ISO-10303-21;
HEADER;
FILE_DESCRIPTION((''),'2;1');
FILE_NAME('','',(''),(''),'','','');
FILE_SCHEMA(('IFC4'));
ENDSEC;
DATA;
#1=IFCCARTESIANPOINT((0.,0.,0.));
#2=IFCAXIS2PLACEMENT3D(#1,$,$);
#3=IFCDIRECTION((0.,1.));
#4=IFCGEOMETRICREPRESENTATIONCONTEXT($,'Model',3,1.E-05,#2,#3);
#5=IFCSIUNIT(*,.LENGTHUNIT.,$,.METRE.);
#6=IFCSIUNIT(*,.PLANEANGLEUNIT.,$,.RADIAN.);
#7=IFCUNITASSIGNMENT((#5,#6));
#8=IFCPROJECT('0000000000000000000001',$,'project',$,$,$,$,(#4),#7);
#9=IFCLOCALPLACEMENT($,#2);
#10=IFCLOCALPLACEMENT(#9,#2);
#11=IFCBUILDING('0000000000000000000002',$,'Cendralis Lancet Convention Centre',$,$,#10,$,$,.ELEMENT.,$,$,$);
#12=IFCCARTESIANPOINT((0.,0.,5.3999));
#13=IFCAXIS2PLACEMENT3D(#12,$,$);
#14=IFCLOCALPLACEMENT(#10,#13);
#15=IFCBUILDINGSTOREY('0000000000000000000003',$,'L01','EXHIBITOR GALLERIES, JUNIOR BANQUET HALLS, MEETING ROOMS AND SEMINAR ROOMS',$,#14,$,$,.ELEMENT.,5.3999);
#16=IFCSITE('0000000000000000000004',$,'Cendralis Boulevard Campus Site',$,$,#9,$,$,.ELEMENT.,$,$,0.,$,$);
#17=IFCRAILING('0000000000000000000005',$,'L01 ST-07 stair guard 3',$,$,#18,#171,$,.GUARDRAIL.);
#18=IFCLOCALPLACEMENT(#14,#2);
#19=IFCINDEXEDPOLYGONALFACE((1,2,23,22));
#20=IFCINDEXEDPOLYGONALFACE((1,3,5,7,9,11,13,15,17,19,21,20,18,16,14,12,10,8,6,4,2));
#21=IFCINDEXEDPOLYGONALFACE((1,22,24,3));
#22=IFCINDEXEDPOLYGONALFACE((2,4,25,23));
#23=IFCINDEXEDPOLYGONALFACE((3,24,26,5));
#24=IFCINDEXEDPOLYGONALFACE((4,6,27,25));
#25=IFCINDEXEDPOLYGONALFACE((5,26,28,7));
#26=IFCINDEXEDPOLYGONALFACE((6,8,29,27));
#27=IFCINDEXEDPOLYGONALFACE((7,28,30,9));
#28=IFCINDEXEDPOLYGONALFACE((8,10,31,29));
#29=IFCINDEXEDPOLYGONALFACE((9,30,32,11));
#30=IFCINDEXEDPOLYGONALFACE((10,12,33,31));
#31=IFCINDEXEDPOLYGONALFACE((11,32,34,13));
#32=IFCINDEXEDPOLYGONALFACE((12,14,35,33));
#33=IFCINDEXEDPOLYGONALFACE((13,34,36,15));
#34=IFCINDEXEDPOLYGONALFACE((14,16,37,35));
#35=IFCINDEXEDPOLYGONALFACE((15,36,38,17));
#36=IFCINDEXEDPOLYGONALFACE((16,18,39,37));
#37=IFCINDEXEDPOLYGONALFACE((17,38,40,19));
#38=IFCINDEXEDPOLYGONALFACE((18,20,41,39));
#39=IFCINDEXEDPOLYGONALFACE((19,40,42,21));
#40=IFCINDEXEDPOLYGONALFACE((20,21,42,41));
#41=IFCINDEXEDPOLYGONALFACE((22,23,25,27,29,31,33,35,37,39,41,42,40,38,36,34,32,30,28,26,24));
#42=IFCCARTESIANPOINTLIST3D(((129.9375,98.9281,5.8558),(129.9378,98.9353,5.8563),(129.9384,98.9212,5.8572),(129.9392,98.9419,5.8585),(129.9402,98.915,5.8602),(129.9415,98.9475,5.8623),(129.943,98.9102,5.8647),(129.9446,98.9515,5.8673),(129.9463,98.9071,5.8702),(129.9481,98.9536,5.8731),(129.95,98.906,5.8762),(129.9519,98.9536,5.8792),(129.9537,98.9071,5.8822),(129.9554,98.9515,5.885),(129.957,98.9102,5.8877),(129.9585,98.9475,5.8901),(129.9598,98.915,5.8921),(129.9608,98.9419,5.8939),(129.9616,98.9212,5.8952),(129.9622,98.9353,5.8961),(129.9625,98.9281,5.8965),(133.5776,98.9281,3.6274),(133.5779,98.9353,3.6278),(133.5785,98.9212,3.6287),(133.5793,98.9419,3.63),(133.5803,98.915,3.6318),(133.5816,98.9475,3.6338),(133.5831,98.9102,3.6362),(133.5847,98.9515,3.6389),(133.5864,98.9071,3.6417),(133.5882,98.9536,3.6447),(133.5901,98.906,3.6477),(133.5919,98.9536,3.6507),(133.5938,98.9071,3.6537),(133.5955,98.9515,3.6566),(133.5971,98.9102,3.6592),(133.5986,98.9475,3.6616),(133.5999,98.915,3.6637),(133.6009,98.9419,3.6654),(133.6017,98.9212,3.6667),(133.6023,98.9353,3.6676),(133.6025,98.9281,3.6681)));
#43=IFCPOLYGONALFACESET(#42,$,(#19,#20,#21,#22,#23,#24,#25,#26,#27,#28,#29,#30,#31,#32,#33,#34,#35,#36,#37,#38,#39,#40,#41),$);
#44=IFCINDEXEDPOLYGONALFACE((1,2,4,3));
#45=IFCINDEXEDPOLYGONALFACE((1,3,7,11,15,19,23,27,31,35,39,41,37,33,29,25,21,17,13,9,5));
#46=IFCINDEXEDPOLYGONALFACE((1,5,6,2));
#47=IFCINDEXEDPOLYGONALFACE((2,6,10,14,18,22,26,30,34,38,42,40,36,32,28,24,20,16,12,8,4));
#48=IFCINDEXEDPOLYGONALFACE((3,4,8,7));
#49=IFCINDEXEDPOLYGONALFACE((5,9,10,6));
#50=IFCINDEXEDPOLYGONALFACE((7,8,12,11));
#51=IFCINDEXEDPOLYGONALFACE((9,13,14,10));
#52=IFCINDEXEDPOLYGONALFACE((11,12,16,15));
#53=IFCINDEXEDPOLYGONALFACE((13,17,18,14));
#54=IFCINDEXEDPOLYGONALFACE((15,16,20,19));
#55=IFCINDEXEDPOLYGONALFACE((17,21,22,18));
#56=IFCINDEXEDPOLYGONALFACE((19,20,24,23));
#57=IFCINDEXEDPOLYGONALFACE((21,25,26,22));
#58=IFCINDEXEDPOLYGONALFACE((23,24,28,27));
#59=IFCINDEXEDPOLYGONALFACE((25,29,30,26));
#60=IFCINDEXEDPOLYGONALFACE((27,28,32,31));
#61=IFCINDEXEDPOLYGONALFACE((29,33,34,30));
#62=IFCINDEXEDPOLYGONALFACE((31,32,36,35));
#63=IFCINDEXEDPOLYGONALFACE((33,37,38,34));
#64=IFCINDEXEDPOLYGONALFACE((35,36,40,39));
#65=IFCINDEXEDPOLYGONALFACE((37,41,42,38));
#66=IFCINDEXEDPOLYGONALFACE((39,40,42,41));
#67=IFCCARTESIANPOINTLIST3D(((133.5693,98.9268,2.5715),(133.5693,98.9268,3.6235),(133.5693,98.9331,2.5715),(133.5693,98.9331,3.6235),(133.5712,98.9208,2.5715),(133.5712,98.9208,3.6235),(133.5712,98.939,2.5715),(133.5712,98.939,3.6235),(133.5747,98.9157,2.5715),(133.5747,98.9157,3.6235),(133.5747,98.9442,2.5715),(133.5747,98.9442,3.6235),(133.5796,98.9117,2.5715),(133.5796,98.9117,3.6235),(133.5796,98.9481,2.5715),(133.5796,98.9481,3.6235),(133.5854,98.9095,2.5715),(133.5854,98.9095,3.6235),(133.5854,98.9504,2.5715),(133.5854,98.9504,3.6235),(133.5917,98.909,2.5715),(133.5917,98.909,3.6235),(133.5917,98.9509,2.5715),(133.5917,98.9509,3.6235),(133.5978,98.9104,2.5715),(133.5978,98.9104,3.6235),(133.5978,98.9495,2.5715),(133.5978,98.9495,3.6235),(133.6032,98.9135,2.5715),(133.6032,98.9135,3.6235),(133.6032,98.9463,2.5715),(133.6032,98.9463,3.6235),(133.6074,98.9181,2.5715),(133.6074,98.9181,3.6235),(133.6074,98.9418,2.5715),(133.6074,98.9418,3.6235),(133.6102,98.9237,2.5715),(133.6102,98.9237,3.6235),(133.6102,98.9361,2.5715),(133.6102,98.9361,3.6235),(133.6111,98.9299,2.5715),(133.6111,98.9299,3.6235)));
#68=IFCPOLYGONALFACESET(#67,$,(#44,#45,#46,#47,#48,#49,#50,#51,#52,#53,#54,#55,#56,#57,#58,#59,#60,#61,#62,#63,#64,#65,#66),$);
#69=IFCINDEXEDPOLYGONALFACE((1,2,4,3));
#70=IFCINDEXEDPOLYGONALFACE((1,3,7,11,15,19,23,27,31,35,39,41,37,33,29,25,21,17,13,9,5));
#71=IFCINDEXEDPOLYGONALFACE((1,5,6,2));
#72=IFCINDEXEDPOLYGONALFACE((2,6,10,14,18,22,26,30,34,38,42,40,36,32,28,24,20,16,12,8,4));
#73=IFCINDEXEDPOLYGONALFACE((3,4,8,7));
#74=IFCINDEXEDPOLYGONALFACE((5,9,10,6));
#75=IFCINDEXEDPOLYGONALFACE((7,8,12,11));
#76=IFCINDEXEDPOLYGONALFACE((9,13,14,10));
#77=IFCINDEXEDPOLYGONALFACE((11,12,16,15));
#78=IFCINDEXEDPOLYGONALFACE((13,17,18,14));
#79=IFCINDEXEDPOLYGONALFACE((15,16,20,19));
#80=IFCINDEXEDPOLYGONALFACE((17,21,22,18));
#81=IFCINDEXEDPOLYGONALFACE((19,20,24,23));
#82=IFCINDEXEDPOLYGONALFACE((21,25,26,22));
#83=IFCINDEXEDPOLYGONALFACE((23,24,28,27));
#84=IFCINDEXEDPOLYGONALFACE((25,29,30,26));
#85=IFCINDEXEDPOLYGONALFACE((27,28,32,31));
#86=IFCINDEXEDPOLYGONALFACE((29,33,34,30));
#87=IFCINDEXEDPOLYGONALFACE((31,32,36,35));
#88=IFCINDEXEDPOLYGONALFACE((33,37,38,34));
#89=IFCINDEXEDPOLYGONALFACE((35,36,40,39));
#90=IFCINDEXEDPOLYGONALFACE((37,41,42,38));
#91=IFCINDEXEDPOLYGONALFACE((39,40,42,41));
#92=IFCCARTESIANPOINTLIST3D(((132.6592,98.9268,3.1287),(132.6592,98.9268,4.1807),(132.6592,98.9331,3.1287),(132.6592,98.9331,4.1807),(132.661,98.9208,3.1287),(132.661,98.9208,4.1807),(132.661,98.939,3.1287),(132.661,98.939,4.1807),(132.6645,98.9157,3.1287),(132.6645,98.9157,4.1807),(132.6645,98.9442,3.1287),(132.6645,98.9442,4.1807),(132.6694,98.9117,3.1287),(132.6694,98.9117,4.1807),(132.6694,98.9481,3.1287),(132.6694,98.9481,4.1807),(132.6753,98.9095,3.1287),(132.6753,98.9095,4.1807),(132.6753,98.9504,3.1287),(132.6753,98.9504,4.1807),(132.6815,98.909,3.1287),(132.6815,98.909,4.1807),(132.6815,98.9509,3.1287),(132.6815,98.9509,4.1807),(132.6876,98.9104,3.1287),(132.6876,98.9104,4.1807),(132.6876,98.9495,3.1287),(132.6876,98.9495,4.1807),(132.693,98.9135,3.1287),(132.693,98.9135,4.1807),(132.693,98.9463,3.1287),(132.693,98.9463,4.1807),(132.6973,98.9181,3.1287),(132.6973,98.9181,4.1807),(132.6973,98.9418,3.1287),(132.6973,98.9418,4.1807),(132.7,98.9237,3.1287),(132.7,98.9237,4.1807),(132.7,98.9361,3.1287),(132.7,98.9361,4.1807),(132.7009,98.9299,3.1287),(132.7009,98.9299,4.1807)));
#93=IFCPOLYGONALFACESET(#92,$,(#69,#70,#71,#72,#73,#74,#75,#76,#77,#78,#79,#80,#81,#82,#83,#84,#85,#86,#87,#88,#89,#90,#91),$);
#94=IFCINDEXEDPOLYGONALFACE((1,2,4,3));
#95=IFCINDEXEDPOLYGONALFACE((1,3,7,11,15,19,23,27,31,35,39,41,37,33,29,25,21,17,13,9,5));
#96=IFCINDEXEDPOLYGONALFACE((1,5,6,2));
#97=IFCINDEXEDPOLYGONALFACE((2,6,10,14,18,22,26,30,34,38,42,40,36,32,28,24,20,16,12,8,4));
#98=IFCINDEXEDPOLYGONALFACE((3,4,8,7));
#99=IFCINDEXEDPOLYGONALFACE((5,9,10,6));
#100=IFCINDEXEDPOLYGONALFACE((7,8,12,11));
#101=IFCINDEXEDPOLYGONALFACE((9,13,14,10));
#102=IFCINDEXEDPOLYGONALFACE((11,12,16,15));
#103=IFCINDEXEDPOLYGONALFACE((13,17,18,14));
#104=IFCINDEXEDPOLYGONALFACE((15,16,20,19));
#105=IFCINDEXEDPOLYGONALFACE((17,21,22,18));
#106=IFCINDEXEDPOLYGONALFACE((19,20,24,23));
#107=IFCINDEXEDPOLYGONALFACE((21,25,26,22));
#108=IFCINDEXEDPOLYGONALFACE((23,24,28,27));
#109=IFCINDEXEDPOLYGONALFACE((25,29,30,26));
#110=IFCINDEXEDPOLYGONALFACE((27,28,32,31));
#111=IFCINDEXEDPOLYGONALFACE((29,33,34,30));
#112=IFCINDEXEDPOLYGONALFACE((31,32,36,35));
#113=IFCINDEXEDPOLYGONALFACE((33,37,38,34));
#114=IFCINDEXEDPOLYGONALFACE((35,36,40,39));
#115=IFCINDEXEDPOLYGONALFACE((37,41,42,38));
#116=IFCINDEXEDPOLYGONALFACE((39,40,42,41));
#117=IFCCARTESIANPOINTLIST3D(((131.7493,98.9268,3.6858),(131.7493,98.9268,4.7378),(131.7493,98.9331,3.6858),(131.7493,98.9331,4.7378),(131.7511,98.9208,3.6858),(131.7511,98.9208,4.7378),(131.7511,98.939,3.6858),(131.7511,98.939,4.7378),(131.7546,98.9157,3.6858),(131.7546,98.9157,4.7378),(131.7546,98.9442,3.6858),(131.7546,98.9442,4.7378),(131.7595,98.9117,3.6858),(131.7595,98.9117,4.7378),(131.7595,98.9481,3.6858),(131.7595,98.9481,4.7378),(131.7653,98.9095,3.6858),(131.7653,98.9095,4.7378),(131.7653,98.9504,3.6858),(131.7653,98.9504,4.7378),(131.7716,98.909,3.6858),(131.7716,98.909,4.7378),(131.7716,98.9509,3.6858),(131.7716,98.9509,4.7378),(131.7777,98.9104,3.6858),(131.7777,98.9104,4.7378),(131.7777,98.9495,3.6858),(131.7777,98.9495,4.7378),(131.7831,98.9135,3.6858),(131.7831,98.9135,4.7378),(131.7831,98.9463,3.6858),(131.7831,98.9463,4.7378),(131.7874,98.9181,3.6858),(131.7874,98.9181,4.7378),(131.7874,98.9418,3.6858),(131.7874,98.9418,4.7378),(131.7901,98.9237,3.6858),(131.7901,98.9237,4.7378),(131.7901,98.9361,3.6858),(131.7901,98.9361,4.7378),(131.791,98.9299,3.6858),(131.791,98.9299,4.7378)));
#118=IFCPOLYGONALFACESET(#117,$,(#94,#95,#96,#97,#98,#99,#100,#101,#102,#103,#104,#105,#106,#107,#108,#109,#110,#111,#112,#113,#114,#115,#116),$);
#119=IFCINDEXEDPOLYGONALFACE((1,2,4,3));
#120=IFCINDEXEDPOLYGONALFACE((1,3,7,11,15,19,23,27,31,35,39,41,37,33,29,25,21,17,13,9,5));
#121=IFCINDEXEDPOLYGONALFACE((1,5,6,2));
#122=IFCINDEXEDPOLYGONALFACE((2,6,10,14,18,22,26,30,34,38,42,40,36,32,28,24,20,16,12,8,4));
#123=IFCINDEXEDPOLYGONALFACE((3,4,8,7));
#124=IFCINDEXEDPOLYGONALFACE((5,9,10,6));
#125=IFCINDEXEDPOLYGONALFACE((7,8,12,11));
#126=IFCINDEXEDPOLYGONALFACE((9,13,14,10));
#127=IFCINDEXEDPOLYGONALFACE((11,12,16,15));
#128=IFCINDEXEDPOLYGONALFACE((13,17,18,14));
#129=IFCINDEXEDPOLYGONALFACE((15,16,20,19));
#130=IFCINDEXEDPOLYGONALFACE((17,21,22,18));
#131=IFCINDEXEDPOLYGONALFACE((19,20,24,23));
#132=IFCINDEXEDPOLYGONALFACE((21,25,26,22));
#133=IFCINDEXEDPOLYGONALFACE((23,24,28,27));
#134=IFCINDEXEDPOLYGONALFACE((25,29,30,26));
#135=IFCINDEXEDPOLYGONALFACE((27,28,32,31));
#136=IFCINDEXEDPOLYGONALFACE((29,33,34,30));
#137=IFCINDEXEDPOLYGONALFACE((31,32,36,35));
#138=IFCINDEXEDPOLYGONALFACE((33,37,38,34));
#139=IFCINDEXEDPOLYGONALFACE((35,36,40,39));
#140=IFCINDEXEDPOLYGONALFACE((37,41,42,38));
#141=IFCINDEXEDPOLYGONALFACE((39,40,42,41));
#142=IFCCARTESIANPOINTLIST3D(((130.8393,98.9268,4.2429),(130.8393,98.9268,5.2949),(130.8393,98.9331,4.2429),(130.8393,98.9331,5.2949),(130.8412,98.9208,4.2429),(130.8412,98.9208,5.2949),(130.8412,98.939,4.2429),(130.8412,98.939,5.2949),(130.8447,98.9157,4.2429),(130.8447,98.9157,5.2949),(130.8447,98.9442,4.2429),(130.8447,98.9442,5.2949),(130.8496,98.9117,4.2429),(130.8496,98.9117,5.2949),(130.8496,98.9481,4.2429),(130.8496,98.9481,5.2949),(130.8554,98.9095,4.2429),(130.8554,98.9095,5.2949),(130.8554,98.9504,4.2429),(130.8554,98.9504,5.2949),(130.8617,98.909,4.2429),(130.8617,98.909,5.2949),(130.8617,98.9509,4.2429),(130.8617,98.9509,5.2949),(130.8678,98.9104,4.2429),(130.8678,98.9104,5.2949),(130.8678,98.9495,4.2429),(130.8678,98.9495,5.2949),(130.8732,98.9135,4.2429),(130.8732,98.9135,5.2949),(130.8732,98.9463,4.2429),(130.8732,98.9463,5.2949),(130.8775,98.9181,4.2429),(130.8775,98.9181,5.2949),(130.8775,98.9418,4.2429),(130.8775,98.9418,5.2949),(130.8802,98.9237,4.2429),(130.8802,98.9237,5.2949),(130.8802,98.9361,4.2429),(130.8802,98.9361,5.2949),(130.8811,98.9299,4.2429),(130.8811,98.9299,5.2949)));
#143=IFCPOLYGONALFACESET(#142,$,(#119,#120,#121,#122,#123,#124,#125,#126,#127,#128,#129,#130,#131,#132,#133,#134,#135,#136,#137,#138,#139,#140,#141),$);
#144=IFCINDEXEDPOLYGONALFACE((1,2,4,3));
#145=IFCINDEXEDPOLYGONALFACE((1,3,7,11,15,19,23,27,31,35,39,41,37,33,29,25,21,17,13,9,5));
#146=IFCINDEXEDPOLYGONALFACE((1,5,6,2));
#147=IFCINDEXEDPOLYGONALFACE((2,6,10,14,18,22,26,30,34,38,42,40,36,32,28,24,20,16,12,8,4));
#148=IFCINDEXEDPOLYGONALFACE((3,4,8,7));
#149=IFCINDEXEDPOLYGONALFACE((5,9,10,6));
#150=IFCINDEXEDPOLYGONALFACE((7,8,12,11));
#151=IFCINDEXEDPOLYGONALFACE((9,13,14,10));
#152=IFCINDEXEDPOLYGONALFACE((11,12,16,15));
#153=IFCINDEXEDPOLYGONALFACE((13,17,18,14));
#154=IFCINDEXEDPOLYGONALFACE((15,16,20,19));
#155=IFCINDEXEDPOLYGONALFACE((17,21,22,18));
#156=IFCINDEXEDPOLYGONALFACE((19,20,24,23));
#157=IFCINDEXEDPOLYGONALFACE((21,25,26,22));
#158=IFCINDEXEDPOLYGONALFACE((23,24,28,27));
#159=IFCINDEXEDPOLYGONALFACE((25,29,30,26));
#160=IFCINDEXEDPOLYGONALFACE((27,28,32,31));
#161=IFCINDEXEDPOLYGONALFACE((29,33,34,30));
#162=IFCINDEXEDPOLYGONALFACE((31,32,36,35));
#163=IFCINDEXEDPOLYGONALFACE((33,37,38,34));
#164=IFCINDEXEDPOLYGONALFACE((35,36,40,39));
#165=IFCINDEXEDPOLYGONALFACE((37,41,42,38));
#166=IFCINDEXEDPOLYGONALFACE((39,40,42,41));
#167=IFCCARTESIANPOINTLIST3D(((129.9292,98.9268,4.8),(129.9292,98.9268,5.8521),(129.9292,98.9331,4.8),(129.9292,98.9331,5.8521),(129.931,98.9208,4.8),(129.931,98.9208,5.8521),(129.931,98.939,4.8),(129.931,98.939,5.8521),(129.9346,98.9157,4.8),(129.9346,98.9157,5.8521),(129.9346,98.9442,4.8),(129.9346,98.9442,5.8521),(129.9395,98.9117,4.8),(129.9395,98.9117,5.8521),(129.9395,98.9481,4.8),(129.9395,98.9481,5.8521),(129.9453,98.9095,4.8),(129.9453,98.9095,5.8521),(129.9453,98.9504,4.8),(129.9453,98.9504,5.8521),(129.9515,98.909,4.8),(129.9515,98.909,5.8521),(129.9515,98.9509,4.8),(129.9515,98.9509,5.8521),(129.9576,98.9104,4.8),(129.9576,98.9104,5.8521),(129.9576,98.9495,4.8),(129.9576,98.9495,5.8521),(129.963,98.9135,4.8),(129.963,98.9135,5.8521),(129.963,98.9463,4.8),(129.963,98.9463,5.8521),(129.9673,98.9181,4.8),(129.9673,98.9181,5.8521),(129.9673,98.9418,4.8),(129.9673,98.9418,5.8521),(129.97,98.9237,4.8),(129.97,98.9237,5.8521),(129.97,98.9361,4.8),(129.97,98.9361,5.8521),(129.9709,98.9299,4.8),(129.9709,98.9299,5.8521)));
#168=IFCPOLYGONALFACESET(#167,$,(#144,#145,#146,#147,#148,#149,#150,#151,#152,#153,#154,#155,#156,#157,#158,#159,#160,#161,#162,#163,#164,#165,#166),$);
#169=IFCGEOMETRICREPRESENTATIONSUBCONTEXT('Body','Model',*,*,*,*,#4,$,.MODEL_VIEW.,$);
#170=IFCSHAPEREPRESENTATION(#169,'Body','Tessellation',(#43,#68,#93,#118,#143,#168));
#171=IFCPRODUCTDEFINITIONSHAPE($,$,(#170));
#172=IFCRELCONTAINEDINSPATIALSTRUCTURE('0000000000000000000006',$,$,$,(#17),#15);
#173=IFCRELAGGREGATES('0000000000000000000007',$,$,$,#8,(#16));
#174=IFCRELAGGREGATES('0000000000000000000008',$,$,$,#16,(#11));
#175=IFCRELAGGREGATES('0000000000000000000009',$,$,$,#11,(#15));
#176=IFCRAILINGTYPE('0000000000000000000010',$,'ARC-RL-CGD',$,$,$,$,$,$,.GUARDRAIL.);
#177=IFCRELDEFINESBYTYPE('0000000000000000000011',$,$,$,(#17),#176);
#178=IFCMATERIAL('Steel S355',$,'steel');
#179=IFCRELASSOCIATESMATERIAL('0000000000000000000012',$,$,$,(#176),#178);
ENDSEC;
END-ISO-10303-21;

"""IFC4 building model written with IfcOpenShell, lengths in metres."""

from ifc_helpers import new_model, si_unit, direction, frame, origin, origin_2d, place, context, subcontext, project, spatial, circle, extrude, material, type_object, element, save


model = new_model("IFC4")

# Units and contexts
model_context = context("Model", 3, precision=1e-05, world=origin(), true_north=direction((0.0, 1.0)))
body_context = subcontext(model_context, "Body", "Model", "MODEL_VIEW")
ifc_project = project(units=[si_unit("LENGTHUNIT", "METRE"), si_unit("PLANEANGLEUNIT", "RADIAN")], contexts=[model_context])

# Site, building, storey
site_placement = place(None, origin())
site = spatial("IfcSite", under=ifc_project, at=site_placement, Name="Cendralis Boulevard Campus Site", CompositionType="ELEMENT", RefElevation=0.0)
building_placement = place(site_placement, origin())
building = spatial("IfcBuilding", under=site, at=building_placement, Name="Cendralis Lancet Convention Centre", CompositionType="ELEMENT")
storey_placement = place(building_placement, frame((0.0, 0.0, 5.3999)))
storey = spatial("IfcBuildingStorey", under=building, at=storey_placement, Name="L01", Description="EXHIBITOR GALLERIES, JUNIOR BANQUET HALLS, MEETING ROOMS AND SEMINAR ROOMS", CompositionType="ELEMENT", Elevation=5.3999)

# Shared definitions
ifc_material_1 = material(Name="Steel S355", Category="steel")

# Railing
railing_type_1 = type_object("IfcRailingType", Name="ARC-RL-CGD", PredefinedType="GUARDRAIL", material=ifc_material_1)
railing_1_placement = place(storey_placement, frame((133.5901, 98.9299, 2.5715)))
element("IfcRailing", 1, at=railing_1_placement, inside=storey, type_object=railing_type_1, Name="L01 ST-07 stair guard 3", PredefinedType="GUARDRAIL", context=body_context, shape_type="SweptSolid", body=[
    extrude(circle(Radius=0.0239, at=origin_2d()), frame((0.0, 0.0, 1.0762), z_axis=(-0.852866, 0.0, 0.52213), x_axis=(0.0, -1.0, 0.0)), (0.0, 0.0, 1.0), 4.2681),
    extrude(circle(Radius=0.021, at=origin_2d()), origin(), (0.0, 0.0, 1.0), 1.052),
    extrude(circle(Radius=0.021, at=origin_2d()), frame((-0.9102, 0.0, 0.5571)), (0.0, 0.0, 1.0), 1.052),
    extrude(circle(Radius=0.021, at=origin_2d()), frame((-1.8201, 0.0, 1.1143)), (0.0, 0.0, 1.0), 1.052),
    extrude(circle(Radius=0.021, at=origin_2d()), frame((-2.73, 0.0, 1.6714)), (0.0, 0.0, 1.0), 1.052),
    extrude(circle(Radius=0.021, at=origin_2d()), frame((-3.6401, 0.0, 2.2285)), (0.0, 0.0, 1.0), 1.052),
])

save(model, "model.ifc")
